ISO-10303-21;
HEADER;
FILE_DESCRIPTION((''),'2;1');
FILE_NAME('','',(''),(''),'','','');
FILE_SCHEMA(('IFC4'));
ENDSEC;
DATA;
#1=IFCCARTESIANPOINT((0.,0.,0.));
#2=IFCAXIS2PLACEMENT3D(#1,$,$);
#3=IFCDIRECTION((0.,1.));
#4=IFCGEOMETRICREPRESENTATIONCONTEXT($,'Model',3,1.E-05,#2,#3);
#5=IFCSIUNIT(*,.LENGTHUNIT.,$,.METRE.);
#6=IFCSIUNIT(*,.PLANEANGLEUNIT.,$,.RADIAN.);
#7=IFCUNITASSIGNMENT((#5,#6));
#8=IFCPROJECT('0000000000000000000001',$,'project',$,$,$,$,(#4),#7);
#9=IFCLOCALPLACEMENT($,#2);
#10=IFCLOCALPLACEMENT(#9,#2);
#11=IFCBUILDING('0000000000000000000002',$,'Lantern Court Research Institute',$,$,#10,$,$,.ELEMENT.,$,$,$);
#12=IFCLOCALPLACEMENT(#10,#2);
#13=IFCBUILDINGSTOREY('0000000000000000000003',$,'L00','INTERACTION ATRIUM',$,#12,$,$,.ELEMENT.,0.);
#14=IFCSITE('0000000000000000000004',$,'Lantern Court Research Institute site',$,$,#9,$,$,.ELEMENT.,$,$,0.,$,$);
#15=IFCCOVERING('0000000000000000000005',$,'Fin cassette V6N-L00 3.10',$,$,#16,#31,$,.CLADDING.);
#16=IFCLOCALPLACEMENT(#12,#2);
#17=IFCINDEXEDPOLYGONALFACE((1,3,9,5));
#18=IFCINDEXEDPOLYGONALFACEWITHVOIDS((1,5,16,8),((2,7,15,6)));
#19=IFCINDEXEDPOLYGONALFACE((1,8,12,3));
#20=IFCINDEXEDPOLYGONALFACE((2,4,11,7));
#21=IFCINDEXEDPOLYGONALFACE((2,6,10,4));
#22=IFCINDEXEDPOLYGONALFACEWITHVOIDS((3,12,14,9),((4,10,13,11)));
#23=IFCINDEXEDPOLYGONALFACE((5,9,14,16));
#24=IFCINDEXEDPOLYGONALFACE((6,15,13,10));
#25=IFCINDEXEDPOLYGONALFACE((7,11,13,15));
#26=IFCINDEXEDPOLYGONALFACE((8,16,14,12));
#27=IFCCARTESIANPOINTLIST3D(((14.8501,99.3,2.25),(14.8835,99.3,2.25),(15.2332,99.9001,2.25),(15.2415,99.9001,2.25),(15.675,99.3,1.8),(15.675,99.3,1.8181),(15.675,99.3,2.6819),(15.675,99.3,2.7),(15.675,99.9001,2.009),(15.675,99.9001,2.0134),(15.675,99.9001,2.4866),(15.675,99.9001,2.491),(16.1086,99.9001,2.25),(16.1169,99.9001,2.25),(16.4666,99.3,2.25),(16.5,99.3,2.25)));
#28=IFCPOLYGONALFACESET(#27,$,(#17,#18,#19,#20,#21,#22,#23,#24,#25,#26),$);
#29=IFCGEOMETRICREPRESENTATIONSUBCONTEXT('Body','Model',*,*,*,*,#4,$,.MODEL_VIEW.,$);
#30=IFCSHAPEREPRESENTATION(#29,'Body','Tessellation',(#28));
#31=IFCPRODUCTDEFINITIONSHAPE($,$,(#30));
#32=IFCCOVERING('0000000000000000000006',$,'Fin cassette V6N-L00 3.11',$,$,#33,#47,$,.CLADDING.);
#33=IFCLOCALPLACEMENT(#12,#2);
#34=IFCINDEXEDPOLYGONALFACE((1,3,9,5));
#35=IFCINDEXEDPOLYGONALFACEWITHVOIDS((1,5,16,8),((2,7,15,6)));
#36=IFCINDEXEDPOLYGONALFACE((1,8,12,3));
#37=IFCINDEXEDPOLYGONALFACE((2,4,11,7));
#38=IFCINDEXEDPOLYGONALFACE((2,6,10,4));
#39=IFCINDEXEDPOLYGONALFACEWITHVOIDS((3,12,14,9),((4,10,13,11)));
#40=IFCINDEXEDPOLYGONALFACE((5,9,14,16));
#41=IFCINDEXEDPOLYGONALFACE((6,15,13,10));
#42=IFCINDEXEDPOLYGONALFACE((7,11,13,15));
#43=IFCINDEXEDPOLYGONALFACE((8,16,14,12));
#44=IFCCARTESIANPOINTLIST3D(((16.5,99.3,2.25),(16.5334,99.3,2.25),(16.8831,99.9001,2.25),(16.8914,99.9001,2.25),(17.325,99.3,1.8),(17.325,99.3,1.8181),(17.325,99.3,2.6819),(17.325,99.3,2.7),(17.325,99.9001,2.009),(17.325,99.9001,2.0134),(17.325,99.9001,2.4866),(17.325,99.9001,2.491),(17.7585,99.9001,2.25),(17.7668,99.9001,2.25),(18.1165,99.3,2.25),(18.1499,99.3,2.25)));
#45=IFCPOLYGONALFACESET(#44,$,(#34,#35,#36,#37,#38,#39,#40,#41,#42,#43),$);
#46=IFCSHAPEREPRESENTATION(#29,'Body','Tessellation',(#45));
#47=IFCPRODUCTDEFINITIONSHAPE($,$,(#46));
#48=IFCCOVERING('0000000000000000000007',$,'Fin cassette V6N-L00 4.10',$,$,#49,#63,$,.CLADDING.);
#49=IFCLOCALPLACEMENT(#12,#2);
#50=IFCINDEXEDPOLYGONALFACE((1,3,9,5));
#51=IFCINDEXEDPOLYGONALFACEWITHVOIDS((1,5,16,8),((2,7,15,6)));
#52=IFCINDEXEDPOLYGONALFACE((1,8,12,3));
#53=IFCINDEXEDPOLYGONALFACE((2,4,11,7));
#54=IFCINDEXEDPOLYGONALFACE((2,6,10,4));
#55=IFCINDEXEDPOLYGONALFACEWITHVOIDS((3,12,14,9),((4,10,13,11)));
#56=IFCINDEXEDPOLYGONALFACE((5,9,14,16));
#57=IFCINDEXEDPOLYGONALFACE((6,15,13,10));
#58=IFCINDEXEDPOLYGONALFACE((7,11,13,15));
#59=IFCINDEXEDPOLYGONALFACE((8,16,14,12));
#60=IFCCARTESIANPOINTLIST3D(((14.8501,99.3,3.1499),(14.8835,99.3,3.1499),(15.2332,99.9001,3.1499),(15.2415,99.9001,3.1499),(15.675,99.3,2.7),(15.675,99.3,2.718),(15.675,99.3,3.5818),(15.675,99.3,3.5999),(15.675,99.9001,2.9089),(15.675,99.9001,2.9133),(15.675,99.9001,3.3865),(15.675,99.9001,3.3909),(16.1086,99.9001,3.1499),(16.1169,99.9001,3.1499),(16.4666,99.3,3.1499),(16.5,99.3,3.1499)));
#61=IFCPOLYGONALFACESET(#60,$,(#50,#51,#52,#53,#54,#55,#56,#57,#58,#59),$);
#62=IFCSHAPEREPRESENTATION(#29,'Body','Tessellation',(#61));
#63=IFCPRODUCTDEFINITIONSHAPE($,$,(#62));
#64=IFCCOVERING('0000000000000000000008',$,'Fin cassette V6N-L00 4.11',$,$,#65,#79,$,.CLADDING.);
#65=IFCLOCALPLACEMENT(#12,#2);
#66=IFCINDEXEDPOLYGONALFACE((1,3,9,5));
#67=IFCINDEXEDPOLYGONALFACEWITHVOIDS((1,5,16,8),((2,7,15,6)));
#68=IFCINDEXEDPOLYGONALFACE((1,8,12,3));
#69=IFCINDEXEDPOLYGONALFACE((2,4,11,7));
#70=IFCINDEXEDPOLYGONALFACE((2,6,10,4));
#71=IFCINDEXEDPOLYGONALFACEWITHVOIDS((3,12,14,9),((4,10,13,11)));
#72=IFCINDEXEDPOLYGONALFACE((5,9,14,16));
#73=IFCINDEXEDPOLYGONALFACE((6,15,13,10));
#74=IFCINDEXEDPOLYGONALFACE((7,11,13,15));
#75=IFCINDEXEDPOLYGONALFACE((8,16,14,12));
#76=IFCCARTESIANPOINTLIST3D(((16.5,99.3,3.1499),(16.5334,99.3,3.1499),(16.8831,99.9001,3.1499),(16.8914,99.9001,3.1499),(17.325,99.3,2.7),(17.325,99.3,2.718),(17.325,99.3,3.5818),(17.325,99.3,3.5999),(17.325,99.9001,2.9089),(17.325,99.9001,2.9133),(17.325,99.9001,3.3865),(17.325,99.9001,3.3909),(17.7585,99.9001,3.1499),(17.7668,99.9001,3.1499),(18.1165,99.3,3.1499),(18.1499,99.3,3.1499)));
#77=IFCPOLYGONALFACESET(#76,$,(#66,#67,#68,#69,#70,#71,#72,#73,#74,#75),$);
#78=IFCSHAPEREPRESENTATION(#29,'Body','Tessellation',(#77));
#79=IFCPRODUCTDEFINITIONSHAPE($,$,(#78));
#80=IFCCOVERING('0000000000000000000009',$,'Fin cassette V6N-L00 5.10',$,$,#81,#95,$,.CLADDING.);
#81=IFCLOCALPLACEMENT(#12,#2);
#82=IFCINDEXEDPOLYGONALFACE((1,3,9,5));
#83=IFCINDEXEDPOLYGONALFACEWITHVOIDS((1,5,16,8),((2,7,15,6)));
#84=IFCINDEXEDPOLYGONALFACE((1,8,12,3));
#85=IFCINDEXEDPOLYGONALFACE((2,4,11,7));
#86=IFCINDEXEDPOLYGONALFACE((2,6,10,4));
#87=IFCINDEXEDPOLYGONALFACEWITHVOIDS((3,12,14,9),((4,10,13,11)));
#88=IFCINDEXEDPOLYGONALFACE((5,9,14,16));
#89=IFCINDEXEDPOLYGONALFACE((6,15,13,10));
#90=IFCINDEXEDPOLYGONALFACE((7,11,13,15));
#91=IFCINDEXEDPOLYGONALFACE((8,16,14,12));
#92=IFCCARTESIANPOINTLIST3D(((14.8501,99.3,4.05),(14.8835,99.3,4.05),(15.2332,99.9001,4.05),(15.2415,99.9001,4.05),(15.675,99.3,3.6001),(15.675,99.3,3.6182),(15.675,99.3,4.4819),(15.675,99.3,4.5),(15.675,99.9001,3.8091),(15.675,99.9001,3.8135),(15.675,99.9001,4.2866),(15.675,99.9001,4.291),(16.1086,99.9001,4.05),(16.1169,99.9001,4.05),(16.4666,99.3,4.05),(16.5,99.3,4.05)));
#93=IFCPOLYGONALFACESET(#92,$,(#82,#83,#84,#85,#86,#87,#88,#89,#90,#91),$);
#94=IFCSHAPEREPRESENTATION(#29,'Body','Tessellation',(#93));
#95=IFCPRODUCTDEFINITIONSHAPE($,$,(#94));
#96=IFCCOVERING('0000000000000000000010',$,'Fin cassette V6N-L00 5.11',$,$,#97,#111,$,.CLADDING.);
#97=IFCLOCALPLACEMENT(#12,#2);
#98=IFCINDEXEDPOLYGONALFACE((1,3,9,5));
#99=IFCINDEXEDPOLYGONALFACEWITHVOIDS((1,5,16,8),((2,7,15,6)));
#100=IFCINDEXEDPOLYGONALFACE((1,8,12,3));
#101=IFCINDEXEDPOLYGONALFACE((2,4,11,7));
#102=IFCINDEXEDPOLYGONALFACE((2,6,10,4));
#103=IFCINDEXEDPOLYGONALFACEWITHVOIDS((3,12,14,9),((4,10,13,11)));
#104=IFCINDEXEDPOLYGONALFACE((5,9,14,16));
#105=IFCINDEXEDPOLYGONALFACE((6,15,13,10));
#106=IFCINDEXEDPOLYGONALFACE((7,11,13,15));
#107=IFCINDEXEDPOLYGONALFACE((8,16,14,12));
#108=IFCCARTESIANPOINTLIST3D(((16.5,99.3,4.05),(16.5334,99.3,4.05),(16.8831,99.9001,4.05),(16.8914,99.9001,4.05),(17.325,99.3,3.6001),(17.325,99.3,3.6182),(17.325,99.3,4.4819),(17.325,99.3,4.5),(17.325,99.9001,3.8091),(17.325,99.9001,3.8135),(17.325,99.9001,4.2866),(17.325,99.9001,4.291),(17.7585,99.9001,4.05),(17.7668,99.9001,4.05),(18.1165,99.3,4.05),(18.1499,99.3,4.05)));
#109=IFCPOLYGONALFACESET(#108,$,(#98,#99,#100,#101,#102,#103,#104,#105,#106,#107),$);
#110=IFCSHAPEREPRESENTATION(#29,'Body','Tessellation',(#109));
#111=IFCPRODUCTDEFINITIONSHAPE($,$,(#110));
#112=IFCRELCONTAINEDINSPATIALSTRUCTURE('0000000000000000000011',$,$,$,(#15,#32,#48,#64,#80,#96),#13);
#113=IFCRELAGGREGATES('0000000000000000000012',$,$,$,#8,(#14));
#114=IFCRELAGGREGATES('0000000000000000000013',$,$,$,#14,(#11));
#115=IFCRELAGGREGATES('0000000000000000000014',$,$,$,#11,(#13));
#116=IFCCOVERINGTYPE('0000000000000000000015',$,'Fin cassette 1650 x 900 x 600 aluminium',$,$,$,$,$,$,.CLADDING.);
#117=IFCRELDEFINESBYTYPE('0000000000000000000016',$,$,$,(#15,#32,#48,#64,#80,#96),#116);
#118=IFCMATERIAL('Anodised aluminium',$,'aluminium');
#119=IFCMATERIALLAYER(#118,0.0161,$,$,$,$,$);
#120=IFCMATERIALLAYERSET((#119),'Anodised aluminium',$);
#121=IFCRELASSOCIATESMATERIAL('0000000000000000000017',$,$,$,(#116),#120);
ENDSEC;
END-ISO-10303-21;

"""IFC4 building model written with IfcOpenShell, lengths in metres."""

from ifc_helpers import new_model, entity, si_unit, direction, frame, origin, place, context, subcontext, project, spatial, material, layer, layer_set, type_object, element, save


model = new_model("IFC4")

# Units and contexts
model_context = context("Model", 3, precision=1e-05, world=origin(), true_north=direction((0.0, 1.0)))
body_context = subcontext(model_context, "Body", "Model", "MODEL_VIEW")
ifc_project = project(units=[si_unit("LENGTHUNIT", "METRE"), si_unit("PLANEANGLEUNIT", "RADIAN")], contexts=[model_context])

# Site, building, storey
site_placement = place(None, origin())
site = spatial("IfcSite", under=ifc_project, at=site_placement, Name="Lantern Court Research Institute site", CompositionType="ELEMENT", RefElevation=0.0)
building_placement = place(site_placement, origin())
building = spatial("IfcBuilding", under=site, at=building_placement, Name="Lantern Court Research Institute", CompositionType="ELEMENT")
storey_placement = place(building_placement, origin())
storey = spatial("IfcBuildingStorey", under=building, at=storey_placement, Name="L00", Description="INTERACTION ATRIUM", CompositionType="ELEMENT", Elevation=0.0)

# Coverings
ifc_material_1 = material(Name="Anodised aluminium", Category="aluminium")
ifc_layer_1 = layer(ifc_material_1, 0.0161)
ifc_layer_set_1 = layer_set([ifc_layer_1], Name="Anodised aluminium")
covering_type_1 = type_object("IfcCoveringType", Name="Fin cassette 1650 x 900 x 600 aluminium", PredefinedType="CLADDING", material=ifc_layer_set_1)
covering_1_placement = place(storey_placement, frame((15.675, 99.3, 2.25), z_axis=(0.0, 1.0, 0.0), x_axis=(-1.0, 0.0, 0.0)))
cartesian_point_1 = entity("IfcCartesianPoint", [0.825, 0.0])
cartesian_point_2 = entity("IfcCartesianPoint", [0.7915, 0.0])
cartesian_point_3 = entity("IfcCartesianPoint", [0.4419, 0.0])
cartesian_point_4 = entity("IfcCartesianPoint", [0.4336, 0.0])
element("IfcCovering", 1, at=covering_1_placement, inside=storey, type_object=covering_type_1, Name="Fin cassette V6N-L00 3.10", PredefinedType="CLADDING", context=body_context, shape_type="SweptSolid", body=[
    entity("IfcExtrudedAreaSolidTapered", entity("IfcArbitraryProfileDefWithVoids", "AREA", None, entity("IfcPolyline", [cartesian_point_1, entity("IfcCartesianPoint", [0.0, 0.45]), entity("IfcCartesianPoint", [-0.825, 0.0]), entity("IfcCartesianPoint", [0.0, -0.45]), cartesian_point_1]), [entity("IfcPolyline", [cartesian_point_2, entity("IfcCartesianPoint", [0.0, 0.4319]), entity("IfcCartesianPoint", [-0.7915, 0.0]), entity("IfcCartesianPoint", [0.0, -0.4319]), cartesian_point_2])]), entity("IfcAxis2Placement3D", entity("IfcCartesianPoint", [0.0, 0.0, 0.0])), entity("IfcDirection", [0.0, 0.0, 1.0]), 0.6001, entity("IfcArbitraryProfileDefWithVoids", "AREA", None, entity("IfcPolyline", [cartesian_point_3, entity("IfcCartesianPoint", [0.0, 0.241]), entity("IfcCartesianPoint", [-0.4419, 0.0]), entity("IfcCartesianPoint", [0.0, -0.241]), cartesian_point_3]), [entity("IfcPolyline", [cartesian_point_4, entity("IfcCartesianPoint", [0.0, 0.2366]), entity("IfcCartesianPoint", [-0.4336, 0.0]), entity("IfcCartesianPoint", [0.0, -0.2366]), cartesian_point_4])])),
])
covering_2_placement = place(storey_placement, frame((17.325, 99.3, 2.25), z_axis=(0.0, 1.0, 0.0), x_axis=(-1.0, 0.0, 0.0)))
cartesian_point_5 = entity("IfcCartesianPoint", [0.825, 0.0])
cartesian_point_6 = entity("IfcCartesianPoint", [0.7915, 0.0])
cartesian_point_7 = entity("IfcCartesianPoint", [0.4419, 0.0])
cartesian_point_8 = entity("IfcCartesianPoint", [0.4336, 0.0])
element("IfcCovering", 2, at=covering_2_placement, inside=storey, type_object=covering_type_1, Name="Fin cassette V6N-L00 3.11", PredefinedType="CLADDING", context=body_context, shape_type="SweptSolid", body=[
    entity("IfcExtrudedAreaSolidTapered", entity("IfcArbitraryProfileDefWithVoids", "AREA", None, entity("IfcPolyline", [cartesian_point_5, entity("IfcCartesianPoint", [0.0, 0.45]), entity("IfcCartesianPoint", [-0.825, 0.0]), entity("IfcCartesianPoint", [0.0, -0.45]), cartesian_point_5]), [entity("IfcPolyline", [cartesian_point_6, entity("IfcCartesianPoint", [0.0, 0.4319]), entity("IfcCartesianPoint", [-0.7915, 0.0]), entity("IfcCartesianPoint", [0.0, -0.4319]), cartesian_point_6])]), entity("IfcAxis2Placement3D", entity("IfcCartesianPoint", [0.0, 0.0, 0.0])), entity("IfcDirection", [0.0, 0.0, 1.0]), 0.6001, entity("IfcArbitraryProfileDefWithVoids", "AREA", None, entity("IfcPolyline", [cartesian_point_7, entity("IfcCartesianPoint", [0.0, 0.241]), entity("IfcCartesianPoint", [-0.4419, 0.0]), entity("IfcCartesianPoint", [0.0, -0.241]), cartesian_point_7]), [entity("IfcPolyline", [cartesian_point_8, entity("IfcCartesianPoint", [0.0, 0.2366]), entity("IfcCartesianPoint", [-0.4336, 0.0]), entity("IfcCartesianPoint", [0.0, -0.2366]), cartesian_point_8])])),
])
covering_3_placement = place(storey_placement, frame((15.675, 99.3, 3.1499), z_axis=(0.0, 1.0, 0.0), x_axis=(-1.0, 0.0, 0.0)))
cartesian_point_9 = entity("IfcCartesianPoint", [0.825, 0.0])
cartesian_point_10 = entity("IfcCartesianPoint", [0.7915, 0.0])
cartesian_point_11 = entity("IfcCartesianPoint", [0.4419, 0.0])
cartesian_point_12 = entity("IfcCartesianPoint", [0.4336, 0.0])
element("IfcCovering", 3, at=covering_3_placement, inside=storey, type_object=covering_type_1, Name="Fin cassette V6N-L00 4.10", PredefinedType="CLADDING", context=body_context, shape_type="SweptSolid", body=[
    entity("IfcExtrudedAreaSolidTapered", entity("IfcArbitraryProfileDefWithVoids", "AREA", None, entity("IfcPolyline", [cartesian_point_9, entity("IfcCartesianPoint", [0.0, 0.45]), entity("IfcCartesianPoint", [-0.825, 0.0]), entity("IfcCartesianPoint", [0.0, -0.45]), cartesian_point_9]), [entity("IfcPolyline", [cartesian_point_10, entity("IfcCartesianPoint", [0.0, 0.4319]), entity("IfcCartesianPoint", [-0.7915, 0.0]), entity("IfcCartesianPoint", [0.0, -0.4319]), cartesian_point_10])]), entity("IfcAxis2Placement3D", entity("IfcCartesianPoint", [0.0, 0.0, 0.0])), entity("IfcDirection", [0.0, 0.0, 1.0]), 0.6001, entity("IfcArbitraryProfileDefWithVoids", "AREA", None, entity("IfcPolyline", [cartesian_point_11, entity("IfcCartesianPoint", [0.0, 0.241]), entity("IfcCartesianPoint", [-0.4419, 0.0]), entity("IfcCartesianPoint", [0.0, -0.241]), cartesian_point_11]), [entity("IfcPolyline", [cartesian_point_12, entity("IfcCartesianPoint", [0.0, 0.2366]), entity("IfcCartesianPoint", [-0.4336, 0.0]), entity("IfcCartesianPoint", [0.0, -0.2366]), cartesian_point_12])])),
])
covering_4_placement = place(storey_placement, frame((17.325, 99.3, 3.1499), z_axis=(0.0, 1.0, 0.0), x_axis=(-1.0, 0.0, 0.0)))
cartesian_point_13 = entity("IfcCartesianPoint", [0.825, 0.0])
cartesian_point_14 = entity("IfcCartesianPoint", [0.7915, 0.0])
cartesian_point_15 = entity("IfcCartesianPoint", [0.4419, 0.0])
cartesian_point_16 = entity("IfcCartesianPoint", [0.4336, 0.0])
element("IfcCovering", 4, at=covering_4_placement, inside=storey, type_object=covering_type_1, Name="Fin cassette V6N-L00 4.11", PredefinedType="CLADDING", context=body_context, shape_type="SweptSolid", body=[
    entity("IfcExtrudedAreaSolidTapered", entity("IfcArbitraryProfileDefWithVoids", "AREA", None, entity("IfcPolyline", [cartesian_point_13, entity("IfcCartesianPoint", [0.0, 0.45]), entity("IfcCartesianPoint", [-0.825, 0.0]), entity("IfcCartesianPoint", [0.0, -0.45]), cartesian_point_13]), [entity("IfcPolyline", [cartesian_point_14, entity("IfcCartesianPoint", [0.0, 0.4319]), entity("IfcCartesianPoint", [-0.7915, 0.0]), entity("IfcCartesianPoint", [0.0, -0.4319]), cartesian_point_14])]), entity("IfcAxis2Placement3D", entity("IfcCartesianPoint", [0.0, 0.0, 0.0])), entity("IfcDirection", [0.0, 0.0, 1.0]), 0.6001, entity("IfcArbitraryProfileDefWithVoids", "AREA", None, entity("IfcPolyline", [cartesian_point_15, entity("IfcCartesianPoint", [0.0, 0.241]), entity("IfcCartesianPoint", [-0.4419, 0.0]), entity("IfcCartesianPoint", [0.0, -0.241]), cartesian_point_15]), [entity("IfcPolyline", [cartesian_point_16, entity("IfcCartesianPoint", [0.0, 0.2366]), entity("IfcCartesianPoint", [-0.4336, 0.0]), entity("IfcCartesianPoint", [0.0, -0.2366]), cartesian_point_16])])),
])
covering_5_placement = place(storey_placement, frame((15.675, 99.3, 4.05), z_axis=(0.0, 1.0, 0.0), x_axis=(-1.0, 0.0, 0.0)))
cartesian_point_17 = entity("IfcCartesianPoint", [0.825, 0.0])
cartesian_point_18 = entity("IfcCartesianPoint", [0.7915, 0.0])
cartesian_point_19 = entity("IfcCartesianPoint", [0.4419, 0.0])
cartesian_point_20 = entity("IfcCartesianPoint", [0.4336, 0.0])
element("IfcCovering", 5, at=covering_5_placement, inside=storey, type_object=covering_type_1, Name="Fin cassette V6N-L00 5.10", PredefinedType="CLADDING", context=body_context, shape_type="SweptSolid", body=[
    entity("IfcExtrudedAreaSolidTapered", entity("IfcArbitraryProfileDefWithVoids", "AREA", None, entity("IfcPolyline", [cartesian_point_17, entity("IfcCartesianPoint", [0.0, 0.45]), entity("IfcCartesianPoint", [-0.825, 0.0]), entity("IfcCartesianPoint", [0.0, -0.45]), cartesian_point_17]), [entity("IfcPolyline", [cartesian_point_18, entity("IfcCartesianPoint", [0.0, 0.4319]), entity("IfcCartesianPoint", [-0.7915, 0.0]), entity("IfcCartesianPoint", [0.0, -0.4319]), cartesian_point_18])]), entity("IfcAxis2Placement3D", entity("IfcCartesianPoint", [0.0, 0.0, 0.0])), entity("IfcDirection", [0.0, 0.0, 1.0]), 0.6001, entity("IfcArbitraryProfileDefWithVoids", "AREA", None, entity("IfcPolyline", [cartesian_point_19, entity("IfcCartesianPoint", [0.0, 0.241]), entity("IfcCartesianPoint", [-0.4419, 0.0]), entity("IfcCartesianPoint", [0.0, -0.241]), cartesian_point_19]), [entity("IfcPolyline", [cartesian_point_20, entity("IfcCartesianPoint", [0.0, 0.2366]), entity("IfcCartesianPoint", [-0.4336, 0.0]), entity("IfcCartesianPoint", [0.0, -0.2366]), cartesian_point_20])])),
])
covering_6_placement = place(storey_placement, frame((17.325, 99.3, 4.05), z_axis=(0.0, 1.0, 0.0), x_axis=(-1.0, 0.0, 0.0)))
cartesian_point_21 = entity("IfcCartesianPoint", [0.825, 0.0])
cartesian_point_22 = entity("IfcCartesianPoint", [0.7915, 0.0])
cartesian_point_23 = entity("IfcCartesianPoint", [0.4419, 0.0])
cartesian_point_24 = entity("IfcCartesianPoint", [0.4336, 0.0])
element("IfcCovering", 6, at=covering_6_placement, inside=storey, type_object=covering_type_1, Name="Fin cassette V6N-L00 5.11", PredefinedType="CLADDING", context=body_context, shape_type="SweptSolid", body=[
    entity("IfcExtrudedAreaSolidTapered", entity("IfcArbitraryProfileDefWithVoids", "AREA", None, entity("IfcPolyline", [cartesian_point_21, entity("IfcCartesianPoint", [0.0, 0.45]), entity("IfcCartesianPoint", [-0.825, 0.0]), entity("IfcCartesianPoint", [0.0, -0.45]), cartesian_point_21]), [entity("IfcPolyline", [cartesian_point_22, entity("IfcCartesianPoint", [0.0, 0.4319]), entity("IfcCartesianPoint", [-0.7915, 0.0]), entity("IfcCartesianPoint", [0.0, -0.4319]), cartesian_point_22])]), entity("IfcAxis2Placement3D", entity("IfcCartesianPoint", [0.0, 0.0, 0.0])), entity("IfcDirection", [0.0, 0.0, 1.0]), 0.6001, entity("IfcArbitraryProfileDefWithVoids", "AREA", None, entity("IfcPolyline", [cartesian_point_23, entity("IfcCartesianPoint", [0.0, 0.241]), entity("IfcCartesianPoint", [-0.4419, 0.0]), entity("IfcCartesianPoint", [0.0, -0.241]), cartesian_point_23]), [entity("IfcPolyline", [cartesian_point_24, entity("IfcCartesianPoint", [0.0, 0.2366]), entity("IfcCartesianPoint", [-0.4336, 0.0]), entity("IfcCartesianPoint", [0.0, -0.2366]), cartesian_point_24])])),
])

save(model, "model.ifc")
